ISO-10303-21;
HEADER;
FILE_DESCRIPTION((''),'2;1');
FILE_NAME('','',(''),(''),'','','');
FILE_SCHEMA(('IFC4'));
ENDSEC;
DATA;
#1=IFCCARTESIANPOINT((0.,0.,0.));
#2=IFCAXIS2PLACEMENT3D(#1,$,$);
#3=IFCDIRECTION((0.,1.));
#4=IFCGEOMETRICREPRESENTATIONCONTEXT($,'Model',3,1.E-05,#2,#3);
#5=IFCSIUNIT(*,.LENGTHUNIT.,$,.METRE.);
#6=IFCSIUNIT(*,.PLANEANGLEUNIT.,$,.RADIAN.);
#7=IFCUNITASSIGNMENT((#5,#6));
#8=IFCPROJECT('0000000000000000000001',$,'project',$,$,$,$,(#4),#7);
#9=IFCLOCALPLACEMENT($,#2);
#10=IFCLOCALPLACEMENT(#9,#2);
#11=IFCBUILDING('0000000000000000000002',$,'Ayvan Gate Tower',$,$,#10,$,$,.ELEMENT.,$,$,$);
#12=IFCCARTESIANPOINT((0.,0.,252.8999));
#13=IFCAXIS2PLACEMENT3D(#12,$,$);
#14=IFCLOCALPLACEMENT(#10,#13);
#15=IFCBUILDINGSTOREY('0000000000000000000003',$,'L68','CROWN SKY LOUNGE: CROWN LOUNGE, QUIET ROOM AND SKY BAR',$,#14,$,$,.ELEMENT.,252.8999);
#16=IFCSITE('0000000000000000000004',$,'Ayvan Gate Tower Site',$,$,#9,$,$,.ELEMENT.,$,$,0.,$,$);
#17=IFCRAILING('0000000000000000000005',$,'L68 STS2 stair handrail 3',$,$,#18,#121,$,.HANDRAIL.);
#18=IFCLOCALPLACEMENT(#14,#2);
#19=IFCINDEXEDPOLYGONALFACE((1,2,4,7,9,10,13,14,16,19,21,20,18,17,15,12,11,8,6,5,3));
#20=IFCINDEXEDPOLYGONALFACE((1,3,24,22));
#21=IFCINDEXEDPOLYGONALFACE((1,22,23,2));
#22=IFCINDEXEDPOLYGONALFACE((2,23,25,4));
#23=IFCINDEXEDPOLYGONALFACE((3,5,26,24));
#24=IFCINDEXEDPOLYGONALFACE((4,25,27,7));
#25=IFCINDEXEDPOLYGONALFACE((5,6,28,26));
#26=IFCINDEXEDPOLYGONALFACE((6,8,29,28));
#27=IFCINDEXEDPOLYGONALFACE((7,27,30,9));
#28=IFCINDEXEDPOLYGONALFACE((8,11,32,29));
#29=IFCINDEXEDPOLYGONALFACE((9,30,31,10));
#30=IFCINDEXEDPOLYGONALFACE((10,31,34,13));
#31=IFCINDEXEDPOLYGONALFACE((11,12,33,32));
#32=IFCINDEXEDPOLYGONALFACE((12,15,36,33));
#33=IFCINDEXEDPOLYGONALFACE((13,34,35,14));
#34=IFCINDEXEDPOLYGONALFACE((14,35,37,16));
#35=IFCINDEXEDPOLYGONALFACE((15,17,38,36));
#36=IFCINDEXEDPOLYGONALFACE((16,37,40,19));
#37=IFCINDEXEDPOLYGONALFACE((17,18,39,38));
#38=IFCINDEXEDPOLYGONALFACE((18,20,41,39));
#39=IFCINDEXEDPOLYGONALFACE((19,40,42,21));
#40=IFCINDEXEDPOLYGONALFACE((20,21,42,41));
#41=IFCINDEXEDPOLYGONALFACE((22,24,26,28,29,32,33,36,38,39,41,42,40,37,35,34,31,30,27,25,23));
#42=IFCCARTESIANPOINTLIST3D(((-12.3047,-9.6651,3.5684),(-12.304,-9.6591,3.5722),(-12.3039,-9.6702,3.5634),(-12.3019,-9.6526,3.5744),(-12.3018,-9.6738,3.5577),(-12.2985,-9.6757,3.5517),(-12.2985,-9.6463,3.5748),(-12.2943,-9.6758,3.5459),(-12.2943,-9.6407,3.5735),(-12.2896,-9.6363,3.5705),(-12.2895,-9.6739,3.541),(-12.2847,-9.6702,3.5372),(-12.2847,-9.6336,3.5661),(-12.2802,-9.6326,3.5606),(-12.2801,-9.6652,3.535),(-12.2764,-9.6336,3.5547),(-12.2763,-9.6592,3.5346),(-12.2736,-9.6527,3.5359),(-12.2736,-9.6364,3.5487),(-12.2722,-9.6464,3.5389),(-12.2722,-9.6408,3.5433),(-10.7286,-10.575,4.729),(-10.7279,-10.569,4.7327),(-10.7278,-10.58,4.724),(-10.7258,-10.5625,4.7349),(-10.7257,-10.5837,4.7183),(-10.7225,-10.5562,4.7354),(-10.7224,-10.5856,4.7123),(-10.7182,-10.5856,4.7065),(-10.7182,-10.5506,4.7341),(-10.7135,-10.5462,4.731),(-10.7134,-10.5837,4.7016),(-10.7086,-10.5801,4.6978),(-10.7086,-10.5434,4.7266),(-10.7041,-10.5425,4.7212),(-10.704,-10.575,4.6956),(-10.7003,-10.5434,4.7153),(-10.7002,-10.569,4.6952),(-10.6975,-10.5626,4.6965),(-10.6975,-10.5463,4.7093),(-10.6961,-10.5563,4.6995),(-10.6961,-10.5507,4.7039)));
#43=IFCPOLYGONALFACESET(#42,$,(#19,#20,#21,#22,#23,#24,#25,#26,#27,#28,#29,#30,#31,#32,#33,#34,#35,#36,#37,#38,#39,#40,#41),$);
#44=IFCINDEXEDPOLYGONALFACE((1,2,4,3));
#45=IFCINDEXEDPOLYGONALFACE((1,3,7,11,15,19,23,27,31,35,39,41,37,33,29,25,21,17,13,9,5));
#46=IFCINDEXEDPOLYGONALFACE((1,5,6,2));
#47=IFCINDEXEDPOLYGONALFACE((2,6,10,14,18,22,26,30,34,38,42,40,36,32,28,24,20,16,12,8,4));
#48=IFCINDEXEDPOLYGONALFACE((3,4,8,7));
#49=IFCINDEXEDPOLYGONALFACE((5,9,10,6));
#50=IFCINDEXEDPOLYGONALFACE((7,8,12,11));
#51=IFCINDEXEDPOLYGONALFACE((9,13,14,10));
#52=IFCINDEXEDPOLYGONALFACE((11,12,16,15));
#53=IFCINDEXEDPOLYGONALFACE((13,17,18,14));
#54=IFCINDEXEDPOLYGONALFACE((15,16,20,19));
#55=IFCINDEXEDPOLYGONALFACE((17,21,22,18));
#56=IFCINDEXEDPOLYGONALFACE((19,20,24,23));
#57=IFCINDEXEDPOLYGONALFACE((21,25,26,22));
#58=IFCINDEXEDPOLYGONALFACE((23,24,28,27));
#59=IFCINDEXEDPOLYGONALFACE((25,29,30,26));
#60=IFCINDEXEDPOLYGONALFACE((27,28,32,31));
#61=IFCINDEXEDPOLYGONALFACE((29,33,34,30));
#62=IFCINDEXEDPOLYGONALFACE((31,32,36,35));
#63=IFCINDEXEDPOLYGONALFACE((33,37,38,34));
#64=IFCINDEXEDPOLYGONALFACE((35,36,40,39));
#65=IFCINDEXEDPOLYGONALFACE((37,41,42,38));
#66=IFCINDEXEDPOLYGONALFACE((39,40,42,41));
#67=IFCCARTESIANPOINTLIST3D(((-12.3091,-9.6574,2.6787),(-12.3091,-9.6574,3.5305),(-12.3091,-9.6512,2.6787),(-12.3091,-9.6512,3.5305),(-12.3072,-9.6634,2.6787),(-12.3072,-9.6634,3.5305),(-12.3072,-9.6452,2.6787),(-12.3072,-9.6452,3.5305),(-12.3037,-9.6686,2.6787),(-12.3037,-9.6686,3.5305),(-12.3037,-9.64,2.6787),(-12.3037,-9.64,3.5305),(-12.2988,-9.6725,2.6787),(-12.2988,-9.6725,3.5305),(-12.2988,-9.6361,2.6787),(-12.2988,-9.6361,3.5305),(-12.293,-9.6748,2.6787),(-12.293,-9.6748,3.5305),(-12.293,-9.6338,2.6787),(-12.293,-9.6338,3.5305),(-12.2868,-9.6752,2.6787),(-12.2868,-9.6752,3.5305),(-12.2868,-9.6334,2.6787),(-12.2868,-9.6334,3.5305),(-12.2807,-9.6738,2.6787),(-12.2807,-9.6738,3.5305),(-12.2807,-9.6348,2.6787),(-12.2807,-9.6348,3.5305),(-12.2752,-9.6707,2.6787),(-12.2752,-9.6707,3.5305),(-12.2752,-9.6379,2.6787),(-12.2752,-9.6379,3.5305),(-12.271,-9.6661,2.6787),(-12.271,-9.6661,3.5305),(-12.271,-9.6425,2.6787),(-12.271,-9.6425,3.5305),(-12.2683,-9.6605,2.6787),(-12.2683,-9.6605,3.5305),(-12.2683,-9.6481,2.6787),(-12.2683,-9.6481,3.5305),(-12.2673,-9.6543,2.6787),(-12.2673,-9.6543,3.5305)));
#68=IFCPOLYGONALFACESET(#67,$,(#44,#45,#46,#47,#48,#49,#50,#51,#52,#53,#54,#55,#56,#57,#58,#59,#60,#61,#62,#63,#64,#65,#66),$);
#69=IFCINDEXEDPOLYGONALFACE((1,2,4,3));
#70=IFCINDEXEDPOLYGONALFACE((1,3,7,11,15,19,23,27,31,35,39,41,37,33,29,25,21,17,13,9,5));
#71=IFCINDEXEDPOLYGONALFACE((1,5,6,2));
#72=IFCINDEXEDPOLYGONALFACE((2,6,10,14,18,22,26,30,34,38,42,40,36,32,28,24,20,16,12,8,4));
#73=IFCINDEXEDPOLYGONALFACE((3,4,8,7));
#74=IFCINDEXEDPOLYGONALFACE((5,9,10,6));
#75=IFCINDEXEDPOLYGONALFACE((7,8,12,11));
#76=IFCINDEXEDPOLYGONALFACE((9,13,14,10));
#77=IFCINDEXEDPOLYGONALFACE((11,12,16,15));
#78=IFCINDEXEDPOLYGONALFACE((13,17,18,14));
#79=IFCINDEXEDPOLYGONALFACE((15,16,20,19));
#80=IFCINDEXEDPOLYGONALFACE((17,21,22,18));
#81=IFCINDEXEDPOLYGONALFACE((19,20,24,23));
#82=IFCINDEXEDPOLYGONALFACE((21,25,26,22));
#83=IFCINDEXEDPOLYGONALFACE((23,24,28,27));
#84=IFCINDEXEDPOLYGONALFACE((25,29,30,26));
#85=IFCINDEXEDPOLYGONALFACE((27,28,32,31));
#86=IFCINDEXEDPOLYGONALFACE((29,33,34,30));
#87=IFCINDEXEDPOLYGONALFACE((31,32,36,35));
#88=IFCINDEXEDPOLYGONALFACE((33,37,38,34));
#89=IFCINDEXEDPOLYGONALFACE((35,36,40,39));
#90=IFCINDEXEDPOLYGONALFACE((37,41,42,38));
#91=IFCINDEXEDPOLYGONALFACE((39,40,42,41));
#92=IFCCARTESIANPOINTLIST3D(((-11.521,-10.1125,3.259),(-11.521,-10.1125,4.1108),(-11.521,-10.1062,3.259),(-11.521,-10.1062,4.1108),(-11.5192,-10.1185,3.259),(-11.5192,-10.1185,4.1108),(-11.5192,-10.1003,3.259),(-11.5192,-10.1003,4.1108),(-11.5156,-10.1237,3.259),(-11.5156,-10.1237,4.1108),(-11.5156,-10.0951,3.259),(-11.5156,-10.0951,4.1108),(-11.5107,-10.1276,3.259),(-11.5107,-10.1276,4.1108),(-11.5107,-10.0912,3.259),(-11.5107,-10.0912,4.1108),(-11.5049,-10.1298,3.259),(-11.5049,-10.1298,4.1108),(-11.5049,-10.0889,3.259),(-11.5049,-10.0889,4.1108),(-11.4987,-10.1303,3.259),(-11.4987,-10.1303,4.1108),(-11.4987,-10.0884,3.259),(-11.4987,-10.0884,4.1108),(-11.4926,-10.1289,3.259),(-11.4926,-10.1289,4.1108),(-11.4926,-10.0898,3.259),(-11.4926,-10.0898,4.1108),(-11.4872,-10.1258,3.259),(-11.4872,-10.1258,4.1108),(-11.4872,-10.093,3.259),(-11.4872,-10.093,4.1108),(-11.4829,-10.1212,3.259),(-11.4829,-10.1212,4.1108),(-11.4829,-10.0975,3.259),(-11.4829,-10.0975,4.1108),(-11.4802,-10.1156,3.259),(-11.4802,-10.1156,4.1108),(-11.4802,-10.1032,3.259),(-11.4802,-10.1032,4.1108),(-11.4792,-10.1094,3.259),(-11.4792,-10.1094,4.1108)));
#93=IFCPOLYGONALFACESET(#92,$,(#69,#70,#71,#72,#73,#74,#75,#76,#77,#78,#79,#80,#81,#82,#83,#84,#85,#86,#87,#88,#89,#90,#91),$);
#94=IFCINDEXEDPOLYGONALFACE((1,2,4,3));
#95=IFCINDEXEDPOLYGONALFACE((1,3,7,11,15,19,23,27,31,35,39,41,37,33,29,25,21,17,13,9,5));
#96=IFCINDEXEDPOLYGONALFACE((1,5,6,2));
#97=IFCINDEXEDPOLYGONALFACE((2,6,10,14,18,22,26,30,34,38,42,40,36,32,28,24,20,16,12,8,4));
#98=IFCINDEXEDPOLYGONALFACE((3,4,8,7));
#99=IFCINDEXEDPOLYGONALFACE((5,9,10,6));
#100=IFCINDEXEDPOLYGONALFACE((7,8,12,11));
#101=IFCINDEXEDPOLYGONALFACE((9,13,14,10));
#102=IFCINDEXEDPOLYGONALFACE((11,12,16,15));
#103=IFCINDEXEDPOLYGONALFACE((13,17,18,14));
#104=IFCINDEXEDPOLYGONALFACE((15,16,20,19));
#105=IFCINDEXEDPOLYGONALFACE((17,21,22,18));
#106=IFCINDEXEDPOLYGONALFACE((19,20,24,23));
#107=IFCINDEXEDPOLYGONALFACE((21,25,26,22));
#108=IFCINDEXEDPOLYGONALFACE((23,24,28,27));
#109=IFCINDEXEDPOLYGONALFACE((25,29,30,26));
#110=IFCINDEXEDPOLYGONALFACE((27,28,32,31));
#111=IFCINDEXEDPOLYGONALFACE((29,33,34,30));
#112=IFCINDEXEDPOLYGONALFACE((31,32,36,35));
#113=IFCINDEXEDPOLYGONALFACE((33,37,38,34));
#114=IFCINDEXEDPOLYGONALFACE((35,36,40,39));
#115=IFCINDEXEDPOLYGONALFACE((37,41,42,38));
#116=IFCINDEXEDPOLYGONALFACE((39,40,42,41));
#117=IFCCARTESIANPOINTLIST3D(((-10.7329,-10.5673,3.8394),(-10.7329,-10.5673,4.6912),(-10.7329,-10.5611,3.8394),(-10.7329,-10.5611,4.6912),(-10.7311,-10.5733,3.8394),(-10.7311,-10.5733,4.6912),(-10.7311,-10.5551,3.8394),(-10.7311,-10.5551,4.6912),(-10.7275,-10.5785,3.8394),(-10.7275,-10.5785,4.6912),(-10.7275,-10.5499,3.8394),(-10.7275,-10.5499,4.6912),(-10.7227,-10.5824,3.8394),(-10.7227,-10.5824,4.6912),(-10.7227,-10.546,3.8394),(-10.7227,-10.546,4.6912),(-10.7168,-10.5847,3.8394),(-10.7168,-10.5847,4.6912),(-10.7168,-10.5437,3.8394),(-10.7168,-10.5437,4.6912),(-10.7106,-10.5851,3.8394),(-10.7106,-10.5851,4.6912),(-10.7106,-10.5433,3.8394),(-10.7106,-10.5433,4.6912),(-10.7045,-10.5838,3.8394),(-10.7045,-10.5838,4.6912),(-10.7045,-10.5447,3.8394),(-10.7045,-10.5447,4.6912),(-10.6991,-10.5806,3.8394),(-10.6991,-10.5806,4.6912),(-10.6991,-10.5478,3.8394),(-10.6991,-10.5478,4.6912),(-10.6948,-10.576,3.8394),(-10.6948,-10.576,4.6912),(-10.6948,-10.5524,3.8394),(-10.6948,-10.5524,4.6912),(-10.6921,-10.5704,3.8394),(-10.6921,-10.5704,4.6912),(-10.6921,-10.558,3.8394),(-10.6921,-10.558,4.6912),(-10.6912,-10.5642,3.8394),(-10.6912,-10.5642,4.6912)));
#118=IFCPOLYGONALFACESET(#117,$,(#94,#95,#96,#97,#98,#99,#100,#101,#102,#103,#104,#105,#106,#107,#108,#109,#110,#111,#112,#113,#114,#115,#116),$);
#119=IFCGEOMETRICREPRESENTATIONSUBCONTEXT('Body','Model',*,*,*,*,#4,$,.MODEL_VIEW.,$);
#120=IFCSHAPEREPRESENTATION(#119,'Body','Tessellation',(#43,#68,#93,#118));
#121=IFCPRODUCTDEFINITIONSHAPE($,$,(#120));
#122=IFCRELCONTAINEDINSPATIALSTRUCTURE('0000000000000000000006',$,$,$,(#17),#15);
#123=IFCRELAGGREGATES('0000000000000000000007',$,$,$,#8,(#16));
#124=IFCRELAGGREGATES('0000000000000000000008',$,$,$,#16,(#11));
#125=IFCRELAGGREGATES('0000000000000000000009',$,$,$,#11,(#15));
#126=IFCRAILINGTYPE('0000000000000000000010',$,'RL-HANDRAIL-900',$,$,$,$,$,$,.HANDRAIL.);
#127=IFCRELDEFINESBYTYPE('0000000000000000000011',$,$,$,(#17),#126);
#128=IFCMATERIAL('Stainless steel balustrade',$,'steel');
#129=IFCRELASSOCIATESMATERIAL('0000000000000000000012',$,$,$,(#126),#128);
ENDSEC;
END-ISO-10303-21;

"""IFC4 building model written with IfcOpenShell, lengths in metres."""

from ifc_helpers import new_model, si_unit, direction, frame, origin, origin_2d, place, context, subcontext, project, spatial, circle, extrude, material, type_object, element, save


model = new_model("IFC4")

# Units and contexts
model_context = context("Model", 3, precision=1e-05, world=origin(), true_north=direction((0.0, 1.0)))
body_context = subcontext(model_context, "Body", "Model", "MODEL_VIEW")
ifc_project = project(units=[si_unit("LENGTHUNIT", "METRE"), si_unit("PLANEANGLEUNIT", "RADIAN")], contexts=[model_context])

# Site, building, storey
site_placement = place(None, origin())
site = spatial("IfcSite", under=ifc_project, at=site_placement, Name="Ayvan Gate Tower Site", CompositionType="ELEMENT", RefElevation=0.0)
building_placement = place(site_placement, origin())
building = spatial("IfcBuilding", under=site, at=building_placement, Name="Ayvan Gate Tower", CompositionType="ELEMENT")
storey_placement = place(building_placement, frame((0.0, 0.0, 252.8999)))
storey = spatial("IfcBuildingStorey", under=building, at=storey_placement, Name="L68", Description="CROWN SKY LOUNGE: CROWN LOUNGE, QUIET ROOM AND SKY BAR", CompositionType="ELEMENT", Elevation=252.8999)

# Railing
ifc_material_1 = material(Name="Stainless steel balustrade", Category="steel")
railing_type_1 = type_object("IfcRailingType", Name="RL-HANDRAIL-900", PredefinedType="HANDRAIL", material=ifc_material_1)
for number, where, name in (
    (1, (-12.2883, -9.6543, 2.6787), "L68 STS2 stair handrail 3"),
):
    element("IfcRailing", number, at=place(storey_placement, frame(where)), inside=storey, type_object=railing_type_1, Name=name, PredefinedType="HANDRAIL", context=body_context, shape_type="SweptSolid", body=[
        extrude(circle(Radius=0.0239, at=origin_2d()), frame((0.0, 0.0, 0.876), z_axis=(0.730198, -0.421538, 0.537695), x_axis=(0.499962, 0.866047, 0.0)), (0.0, 0.0, 1.0), 2.1584),
        extrude(circle(Radius=0.021, at=origin_2d()), origin(), (0.0, 0.0, 1.0), 0.8518),
        extrude(circle(Radius=0.021, at=origin_2d()), frame((0.7881, -0.4551, 0.5803)), (0.0, 0.0, 1.0), 0.8518),
        extrude(circle(Radius=0.021, at=origin_2d()), frame((1.5762, -0.9099, 1.1606)), (0.0, 0.0, 1.0), 0.8518),
    ])

save(model, "model.ifc")
